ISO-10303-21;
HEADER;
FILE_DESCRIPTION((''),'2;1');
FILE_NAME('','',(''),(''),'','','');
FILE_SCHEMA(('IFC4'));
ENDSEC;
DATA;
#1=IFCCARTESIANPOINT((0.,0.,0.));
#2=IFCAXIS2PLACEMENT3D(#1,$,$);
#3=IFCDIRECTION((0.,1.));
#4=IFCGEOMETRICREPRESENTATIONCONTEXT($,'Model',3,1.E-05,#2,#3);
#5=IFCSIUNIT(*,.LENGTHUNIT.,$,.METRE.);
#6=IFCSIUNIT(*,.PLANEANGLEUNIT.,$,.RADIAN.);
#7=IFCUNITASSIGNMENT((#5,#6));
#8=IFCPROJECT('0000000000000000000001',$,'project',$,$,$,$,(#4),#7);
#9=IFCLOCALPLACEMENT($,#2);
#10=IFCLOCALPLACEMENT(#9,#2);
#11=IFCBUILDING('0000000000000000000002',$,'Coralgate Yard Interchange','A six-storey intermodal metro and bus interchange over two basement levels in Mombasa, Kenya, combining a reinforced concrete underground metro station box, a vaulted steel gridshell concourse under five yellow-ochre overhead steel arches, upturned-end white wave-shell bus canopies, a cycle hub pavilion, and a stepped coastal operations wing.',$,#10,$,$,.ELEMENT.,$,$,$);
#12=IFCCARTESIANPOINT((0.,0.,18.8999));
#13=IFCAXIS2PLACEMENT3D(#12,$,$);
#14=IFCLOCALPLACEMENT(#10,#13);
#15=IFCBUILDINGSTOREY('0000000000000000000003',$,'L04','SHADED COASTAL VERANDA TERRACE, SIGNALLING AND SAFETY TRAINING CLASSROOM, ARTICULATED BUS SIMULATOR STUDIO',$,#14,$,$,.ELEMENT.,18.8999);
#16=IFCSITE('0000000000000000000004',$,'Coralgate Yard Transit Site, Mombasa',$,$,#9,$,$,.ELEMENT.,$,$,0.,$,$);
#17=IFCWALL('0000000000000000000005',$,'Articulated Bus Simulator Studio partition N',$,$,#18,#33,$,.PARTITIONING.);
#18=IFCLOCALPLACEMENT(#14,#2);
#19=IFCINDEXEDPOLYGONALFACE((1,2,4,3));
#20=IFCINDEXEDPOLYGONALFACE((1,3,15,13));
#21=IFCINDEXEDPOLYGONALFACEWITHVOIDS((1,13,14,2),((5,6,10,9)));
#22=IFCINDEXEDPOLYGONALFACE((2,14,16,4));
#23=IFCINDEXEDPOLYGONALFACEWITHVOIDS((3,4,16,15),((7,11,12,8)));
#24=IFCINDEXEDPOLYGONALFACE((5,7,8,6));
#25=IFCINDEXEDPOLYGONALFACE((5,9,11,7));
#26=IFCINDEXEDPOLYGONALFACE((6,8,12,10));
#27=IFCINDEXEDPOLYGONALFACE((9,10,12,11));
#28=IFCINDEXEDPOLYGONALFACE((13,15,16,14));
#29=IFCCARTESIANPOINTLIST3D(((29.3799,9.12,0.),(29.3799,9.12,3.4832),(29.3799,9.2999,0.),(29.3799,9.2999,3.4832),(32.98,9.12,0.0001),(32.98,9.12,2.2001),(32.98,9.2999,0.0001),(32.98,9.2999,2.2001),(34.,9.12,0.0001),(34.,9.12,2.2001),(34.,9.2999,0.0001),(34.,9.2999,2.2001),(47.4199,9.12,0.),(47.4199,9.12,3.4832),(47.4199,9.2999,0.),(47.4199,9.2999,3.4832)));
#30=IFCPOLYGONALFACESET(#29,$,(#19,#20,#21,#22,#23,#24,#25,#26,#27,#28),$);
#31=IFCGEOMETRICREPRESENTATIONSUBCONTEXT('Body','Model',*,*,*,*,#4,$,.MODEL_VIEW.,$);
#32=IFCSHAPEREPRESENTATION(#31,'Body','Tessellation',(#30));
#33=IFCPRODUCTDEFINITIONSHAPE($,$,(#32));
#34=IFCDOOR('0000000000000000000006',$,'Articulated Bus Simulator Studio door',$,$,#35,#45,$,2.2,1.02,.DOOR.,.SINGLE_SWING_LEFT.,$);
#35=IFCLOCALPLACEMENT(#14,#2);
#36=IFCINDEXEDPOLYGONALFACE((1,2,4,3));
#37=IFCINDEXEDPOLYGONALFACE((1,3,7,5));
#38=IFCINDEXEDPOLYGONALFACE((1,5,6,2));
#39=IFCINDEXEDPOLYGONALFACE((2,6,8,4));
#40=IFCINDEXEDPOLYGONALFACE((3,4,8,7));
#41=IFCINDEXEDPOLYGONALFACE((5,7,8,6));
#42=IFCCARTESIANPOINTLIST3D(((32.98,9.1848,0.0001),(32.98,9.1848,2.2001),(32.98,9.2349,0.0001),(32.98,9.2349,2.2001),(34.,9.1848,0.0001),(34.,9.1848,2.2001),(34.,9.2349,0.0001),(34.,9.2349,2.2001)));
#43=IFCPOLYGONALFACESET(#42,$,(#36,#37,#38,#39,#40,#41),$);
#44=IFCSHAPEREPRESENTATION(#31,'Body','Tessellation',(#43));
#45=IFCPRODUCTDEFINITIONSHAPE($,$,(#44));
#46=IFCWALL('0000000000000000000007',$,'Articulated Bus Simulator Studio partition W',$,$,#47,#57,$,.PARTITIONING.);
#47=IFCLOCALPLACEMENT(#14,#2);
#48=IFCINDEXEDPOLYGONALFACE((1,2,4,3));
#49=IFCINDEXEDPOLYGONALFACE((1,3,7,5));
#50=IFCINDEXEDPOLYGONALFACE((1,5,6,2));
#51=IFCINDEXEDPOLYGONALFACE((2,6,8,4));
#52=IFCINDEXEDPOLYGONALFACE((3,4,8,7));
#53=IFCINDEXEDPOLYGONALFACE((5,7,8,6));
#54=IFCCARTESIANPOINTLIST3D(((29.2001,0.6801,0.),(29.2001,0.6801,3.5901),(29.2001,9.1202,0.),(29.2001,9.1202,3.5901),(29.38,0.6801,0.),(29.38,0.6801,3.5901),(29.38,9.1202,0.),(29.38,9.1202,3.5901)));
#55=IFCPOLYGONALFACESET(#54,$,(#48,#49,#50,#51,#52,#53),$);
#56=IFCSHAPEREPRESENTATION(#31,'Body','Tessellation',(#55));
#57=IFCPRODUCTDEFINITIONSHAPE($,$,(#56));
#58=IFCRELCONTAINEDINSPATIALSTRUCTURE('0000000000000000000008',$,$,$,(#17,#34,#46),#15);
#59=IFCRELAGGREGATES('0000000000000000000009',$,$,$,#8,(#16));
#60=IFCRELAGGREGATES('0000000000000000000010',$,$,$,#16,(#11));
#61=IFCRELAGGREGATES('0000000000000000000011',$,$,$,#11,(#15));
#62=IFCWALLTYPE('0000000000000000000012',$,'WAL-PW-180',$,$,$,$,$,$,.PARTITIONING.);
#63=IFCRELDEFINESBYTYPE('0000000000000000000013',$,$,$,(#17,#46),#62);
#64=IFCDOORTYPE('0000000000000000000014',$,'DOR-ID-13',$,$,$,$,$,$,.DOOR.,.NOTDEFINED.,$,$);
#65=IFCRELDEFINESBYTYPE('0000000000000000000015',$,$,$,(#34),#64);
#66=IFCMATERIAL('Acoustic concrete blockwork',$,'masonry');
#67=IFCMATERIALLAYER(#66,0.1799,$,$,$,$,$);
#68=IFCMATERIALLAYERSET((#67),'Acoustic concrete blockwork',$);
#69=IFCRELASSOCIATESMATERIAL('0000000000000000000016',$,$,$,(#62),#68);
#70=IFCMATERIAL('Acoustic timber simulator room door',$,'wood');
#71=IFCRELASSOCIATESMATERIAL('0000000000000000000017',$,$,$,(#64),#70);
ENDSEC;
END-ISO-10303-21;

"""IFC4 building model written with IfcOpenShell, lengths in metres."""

from ifc_helpers import new_model, si_unit, direction, frame, frame_2d, origin, place, context, subcontext, project, spatial, rectangle, extrude, material, layer, layer_set, type_object, element, fill, save


model = new_model("IFC4")

# Units and contexts
model_context = context("Model", 3, precision=1e-05, world=origin(), true_north=direction((0.0, 1.0)))
body_context = subcontext(model_context, "Body", "Model", "MODEL_VIEW")
ifc_project = project(units=[si_unit("LENGTHUNIT", "METRE"), si_unit("PLANEANGLEUNIT", "RADIAN")], contexts=[model_context])

# Site, building, storey
site_placement = place(None, origin())
site = spatial("IfcSite", under=ifc_project, at=site_placement, Name="Coralgate Yard Transit Site, Mombasa", CompositionType="ELEMENT", RefElevation=0.0)
building_placement = place(site_placement, origin())
building = spatial("IfcBuilding", under=site, at=building_placement, Name="Coralgate Yard Interchange", Description="A six-storey intermodal metro and bus interchange over two basement levels in Mombasa, Kenya, combining a reinforced concrete underground metro station box, a vaulted steel gridshell concourse under five yellow-ochre overhead steel arches, upturned-end white wave-shell bus canopies, a cycle hub pavilion, and a stepped coastal operations wing.", CompositionType="ELEMENT")
storey_placement = place(building_placement, frame((0.0, 0.0, 18.8999)))
storey = spatial("IfcBuildingStorey", under=building, at=storey_placement, Name="L04", Description="SHADED COASTAL VERANDA TERRACE, SIGNALLING AND SAFETY TRAINING CLASSROOM, ARTICULATED BUS SIMULATOR STUDIO", CompositionType="ELEMENT", Elevation=18.8999)

# Wall, opening, door
ifc_material_1 = material(Name="Acoustic concrete blockwork", Category="masonry")
ifc_layer_1 = layer(ifc_material_1, 0.1799)
ifc_layer_set_1 = layer_set([ifc_layer_1], Name="Acoustic concrete blockwork")
wall_type_1 = type_object("IfcWallType", Name="WAL-PW-180", PredefinedType="PARTITIONING", material=ifc_layer_set_1)
wall_1_placement = place(storey_placement, frame((29.3799, 9.21, 0.0), z_axis=(0.0, 0.0, 1.0), x_axis=(1.0, 0.0, 0.0)))
wall_1 = element("IfcWall", 1, at=wall_1_placement, inside=storey, type_object=wall_type_1, Name="Articulated Bus Simulator Studio partition N", PredefinedType="PARTITIONING", context=body_context, shape_type="SweptSolid", body=[
    extrude(rectangle(XDim=18.04, YDim=0.1799, at=frame_2d((9.02, 0.0))), origin(), (0.0, 0.0, 1.0), 3.4832),
])
opening_1_placement = place(wall_1_placement, frame((3.6001, 0.0, 0.0)))
opening_1 = element("IfcOpeningElement", 2, at=opening_1_placement, cuts=wall_1, PredefinedType="OPENING", context=body_context, shape_type="SweptSolid", body=[
    extrude(rectangle(XDim=1.02, YDim=2.2, at=frame_2d((0.51, 1.1001))), frame((0.0, 0.0999, 0.0), z_axis=(0.0, -1.0, 0.0), x_axis=(1.0, 0.0, 0.0)), (0.0, 0.0, 1.0), 0.2),
])
ifc_material_2 = material(Name="Acoustic timber simulator room door", Category="wood")
door_type_1 = type_object("IfcDoorType", Name="DOR-ID-13", OperationType="NOTDEFINED", PredefinedType="DOOR", material=ifc_material_2)
door_1_placement = place(opening_1_placement, origin())
door_1 = element("IfcDoor", 3, at=door_1_placement, inside=storey, type_object=door_type_1, Name="Articulated Bus Simulator Studio door", OperationType="SINGLE_SWING_LEFT", OverallHeight=2.2, OverallWidth=1.02, PredefinedType="DOOR", context=body_context, shape_type="SweptSolid", body=[
    extrude(rectangle(XDim=1.02, YDim=2.2, at=frame_2d((0.51, 1.1001))), frame((0.0, 0.0249, 0.0), z_axis=(0.0, -1.0, 0.0), x_axis=(1.0, 0.0, 0.0)), (0.0, 0.0, 1.0), 0.05),
])
fill(opening_1, door_1)

# Wall
wall_2_placement = place(storey_placement, frame((29.29, 0.6799, 0.0), z_axis=(0.0, 0.0, 1.0), x_axis=(0.0, 1.0, 0.0)))
element("IfcWall", 4, at=wall_2_placement, inside=storey, type_object=wall_type_1, Name="Articulated Bus Simulator Studio partition W", PredefinedType="PARTITIONING", context=body_context, shape_type="SweptSolid", body=[
    extrude(rectangle(XDim=8.4402, YDim=0.1799, at=frame_2d((4.2202, 0.0))), origin(), (0.0, 0.0, 1.0), 3.5901),
])

save(model, "model.ifc")
